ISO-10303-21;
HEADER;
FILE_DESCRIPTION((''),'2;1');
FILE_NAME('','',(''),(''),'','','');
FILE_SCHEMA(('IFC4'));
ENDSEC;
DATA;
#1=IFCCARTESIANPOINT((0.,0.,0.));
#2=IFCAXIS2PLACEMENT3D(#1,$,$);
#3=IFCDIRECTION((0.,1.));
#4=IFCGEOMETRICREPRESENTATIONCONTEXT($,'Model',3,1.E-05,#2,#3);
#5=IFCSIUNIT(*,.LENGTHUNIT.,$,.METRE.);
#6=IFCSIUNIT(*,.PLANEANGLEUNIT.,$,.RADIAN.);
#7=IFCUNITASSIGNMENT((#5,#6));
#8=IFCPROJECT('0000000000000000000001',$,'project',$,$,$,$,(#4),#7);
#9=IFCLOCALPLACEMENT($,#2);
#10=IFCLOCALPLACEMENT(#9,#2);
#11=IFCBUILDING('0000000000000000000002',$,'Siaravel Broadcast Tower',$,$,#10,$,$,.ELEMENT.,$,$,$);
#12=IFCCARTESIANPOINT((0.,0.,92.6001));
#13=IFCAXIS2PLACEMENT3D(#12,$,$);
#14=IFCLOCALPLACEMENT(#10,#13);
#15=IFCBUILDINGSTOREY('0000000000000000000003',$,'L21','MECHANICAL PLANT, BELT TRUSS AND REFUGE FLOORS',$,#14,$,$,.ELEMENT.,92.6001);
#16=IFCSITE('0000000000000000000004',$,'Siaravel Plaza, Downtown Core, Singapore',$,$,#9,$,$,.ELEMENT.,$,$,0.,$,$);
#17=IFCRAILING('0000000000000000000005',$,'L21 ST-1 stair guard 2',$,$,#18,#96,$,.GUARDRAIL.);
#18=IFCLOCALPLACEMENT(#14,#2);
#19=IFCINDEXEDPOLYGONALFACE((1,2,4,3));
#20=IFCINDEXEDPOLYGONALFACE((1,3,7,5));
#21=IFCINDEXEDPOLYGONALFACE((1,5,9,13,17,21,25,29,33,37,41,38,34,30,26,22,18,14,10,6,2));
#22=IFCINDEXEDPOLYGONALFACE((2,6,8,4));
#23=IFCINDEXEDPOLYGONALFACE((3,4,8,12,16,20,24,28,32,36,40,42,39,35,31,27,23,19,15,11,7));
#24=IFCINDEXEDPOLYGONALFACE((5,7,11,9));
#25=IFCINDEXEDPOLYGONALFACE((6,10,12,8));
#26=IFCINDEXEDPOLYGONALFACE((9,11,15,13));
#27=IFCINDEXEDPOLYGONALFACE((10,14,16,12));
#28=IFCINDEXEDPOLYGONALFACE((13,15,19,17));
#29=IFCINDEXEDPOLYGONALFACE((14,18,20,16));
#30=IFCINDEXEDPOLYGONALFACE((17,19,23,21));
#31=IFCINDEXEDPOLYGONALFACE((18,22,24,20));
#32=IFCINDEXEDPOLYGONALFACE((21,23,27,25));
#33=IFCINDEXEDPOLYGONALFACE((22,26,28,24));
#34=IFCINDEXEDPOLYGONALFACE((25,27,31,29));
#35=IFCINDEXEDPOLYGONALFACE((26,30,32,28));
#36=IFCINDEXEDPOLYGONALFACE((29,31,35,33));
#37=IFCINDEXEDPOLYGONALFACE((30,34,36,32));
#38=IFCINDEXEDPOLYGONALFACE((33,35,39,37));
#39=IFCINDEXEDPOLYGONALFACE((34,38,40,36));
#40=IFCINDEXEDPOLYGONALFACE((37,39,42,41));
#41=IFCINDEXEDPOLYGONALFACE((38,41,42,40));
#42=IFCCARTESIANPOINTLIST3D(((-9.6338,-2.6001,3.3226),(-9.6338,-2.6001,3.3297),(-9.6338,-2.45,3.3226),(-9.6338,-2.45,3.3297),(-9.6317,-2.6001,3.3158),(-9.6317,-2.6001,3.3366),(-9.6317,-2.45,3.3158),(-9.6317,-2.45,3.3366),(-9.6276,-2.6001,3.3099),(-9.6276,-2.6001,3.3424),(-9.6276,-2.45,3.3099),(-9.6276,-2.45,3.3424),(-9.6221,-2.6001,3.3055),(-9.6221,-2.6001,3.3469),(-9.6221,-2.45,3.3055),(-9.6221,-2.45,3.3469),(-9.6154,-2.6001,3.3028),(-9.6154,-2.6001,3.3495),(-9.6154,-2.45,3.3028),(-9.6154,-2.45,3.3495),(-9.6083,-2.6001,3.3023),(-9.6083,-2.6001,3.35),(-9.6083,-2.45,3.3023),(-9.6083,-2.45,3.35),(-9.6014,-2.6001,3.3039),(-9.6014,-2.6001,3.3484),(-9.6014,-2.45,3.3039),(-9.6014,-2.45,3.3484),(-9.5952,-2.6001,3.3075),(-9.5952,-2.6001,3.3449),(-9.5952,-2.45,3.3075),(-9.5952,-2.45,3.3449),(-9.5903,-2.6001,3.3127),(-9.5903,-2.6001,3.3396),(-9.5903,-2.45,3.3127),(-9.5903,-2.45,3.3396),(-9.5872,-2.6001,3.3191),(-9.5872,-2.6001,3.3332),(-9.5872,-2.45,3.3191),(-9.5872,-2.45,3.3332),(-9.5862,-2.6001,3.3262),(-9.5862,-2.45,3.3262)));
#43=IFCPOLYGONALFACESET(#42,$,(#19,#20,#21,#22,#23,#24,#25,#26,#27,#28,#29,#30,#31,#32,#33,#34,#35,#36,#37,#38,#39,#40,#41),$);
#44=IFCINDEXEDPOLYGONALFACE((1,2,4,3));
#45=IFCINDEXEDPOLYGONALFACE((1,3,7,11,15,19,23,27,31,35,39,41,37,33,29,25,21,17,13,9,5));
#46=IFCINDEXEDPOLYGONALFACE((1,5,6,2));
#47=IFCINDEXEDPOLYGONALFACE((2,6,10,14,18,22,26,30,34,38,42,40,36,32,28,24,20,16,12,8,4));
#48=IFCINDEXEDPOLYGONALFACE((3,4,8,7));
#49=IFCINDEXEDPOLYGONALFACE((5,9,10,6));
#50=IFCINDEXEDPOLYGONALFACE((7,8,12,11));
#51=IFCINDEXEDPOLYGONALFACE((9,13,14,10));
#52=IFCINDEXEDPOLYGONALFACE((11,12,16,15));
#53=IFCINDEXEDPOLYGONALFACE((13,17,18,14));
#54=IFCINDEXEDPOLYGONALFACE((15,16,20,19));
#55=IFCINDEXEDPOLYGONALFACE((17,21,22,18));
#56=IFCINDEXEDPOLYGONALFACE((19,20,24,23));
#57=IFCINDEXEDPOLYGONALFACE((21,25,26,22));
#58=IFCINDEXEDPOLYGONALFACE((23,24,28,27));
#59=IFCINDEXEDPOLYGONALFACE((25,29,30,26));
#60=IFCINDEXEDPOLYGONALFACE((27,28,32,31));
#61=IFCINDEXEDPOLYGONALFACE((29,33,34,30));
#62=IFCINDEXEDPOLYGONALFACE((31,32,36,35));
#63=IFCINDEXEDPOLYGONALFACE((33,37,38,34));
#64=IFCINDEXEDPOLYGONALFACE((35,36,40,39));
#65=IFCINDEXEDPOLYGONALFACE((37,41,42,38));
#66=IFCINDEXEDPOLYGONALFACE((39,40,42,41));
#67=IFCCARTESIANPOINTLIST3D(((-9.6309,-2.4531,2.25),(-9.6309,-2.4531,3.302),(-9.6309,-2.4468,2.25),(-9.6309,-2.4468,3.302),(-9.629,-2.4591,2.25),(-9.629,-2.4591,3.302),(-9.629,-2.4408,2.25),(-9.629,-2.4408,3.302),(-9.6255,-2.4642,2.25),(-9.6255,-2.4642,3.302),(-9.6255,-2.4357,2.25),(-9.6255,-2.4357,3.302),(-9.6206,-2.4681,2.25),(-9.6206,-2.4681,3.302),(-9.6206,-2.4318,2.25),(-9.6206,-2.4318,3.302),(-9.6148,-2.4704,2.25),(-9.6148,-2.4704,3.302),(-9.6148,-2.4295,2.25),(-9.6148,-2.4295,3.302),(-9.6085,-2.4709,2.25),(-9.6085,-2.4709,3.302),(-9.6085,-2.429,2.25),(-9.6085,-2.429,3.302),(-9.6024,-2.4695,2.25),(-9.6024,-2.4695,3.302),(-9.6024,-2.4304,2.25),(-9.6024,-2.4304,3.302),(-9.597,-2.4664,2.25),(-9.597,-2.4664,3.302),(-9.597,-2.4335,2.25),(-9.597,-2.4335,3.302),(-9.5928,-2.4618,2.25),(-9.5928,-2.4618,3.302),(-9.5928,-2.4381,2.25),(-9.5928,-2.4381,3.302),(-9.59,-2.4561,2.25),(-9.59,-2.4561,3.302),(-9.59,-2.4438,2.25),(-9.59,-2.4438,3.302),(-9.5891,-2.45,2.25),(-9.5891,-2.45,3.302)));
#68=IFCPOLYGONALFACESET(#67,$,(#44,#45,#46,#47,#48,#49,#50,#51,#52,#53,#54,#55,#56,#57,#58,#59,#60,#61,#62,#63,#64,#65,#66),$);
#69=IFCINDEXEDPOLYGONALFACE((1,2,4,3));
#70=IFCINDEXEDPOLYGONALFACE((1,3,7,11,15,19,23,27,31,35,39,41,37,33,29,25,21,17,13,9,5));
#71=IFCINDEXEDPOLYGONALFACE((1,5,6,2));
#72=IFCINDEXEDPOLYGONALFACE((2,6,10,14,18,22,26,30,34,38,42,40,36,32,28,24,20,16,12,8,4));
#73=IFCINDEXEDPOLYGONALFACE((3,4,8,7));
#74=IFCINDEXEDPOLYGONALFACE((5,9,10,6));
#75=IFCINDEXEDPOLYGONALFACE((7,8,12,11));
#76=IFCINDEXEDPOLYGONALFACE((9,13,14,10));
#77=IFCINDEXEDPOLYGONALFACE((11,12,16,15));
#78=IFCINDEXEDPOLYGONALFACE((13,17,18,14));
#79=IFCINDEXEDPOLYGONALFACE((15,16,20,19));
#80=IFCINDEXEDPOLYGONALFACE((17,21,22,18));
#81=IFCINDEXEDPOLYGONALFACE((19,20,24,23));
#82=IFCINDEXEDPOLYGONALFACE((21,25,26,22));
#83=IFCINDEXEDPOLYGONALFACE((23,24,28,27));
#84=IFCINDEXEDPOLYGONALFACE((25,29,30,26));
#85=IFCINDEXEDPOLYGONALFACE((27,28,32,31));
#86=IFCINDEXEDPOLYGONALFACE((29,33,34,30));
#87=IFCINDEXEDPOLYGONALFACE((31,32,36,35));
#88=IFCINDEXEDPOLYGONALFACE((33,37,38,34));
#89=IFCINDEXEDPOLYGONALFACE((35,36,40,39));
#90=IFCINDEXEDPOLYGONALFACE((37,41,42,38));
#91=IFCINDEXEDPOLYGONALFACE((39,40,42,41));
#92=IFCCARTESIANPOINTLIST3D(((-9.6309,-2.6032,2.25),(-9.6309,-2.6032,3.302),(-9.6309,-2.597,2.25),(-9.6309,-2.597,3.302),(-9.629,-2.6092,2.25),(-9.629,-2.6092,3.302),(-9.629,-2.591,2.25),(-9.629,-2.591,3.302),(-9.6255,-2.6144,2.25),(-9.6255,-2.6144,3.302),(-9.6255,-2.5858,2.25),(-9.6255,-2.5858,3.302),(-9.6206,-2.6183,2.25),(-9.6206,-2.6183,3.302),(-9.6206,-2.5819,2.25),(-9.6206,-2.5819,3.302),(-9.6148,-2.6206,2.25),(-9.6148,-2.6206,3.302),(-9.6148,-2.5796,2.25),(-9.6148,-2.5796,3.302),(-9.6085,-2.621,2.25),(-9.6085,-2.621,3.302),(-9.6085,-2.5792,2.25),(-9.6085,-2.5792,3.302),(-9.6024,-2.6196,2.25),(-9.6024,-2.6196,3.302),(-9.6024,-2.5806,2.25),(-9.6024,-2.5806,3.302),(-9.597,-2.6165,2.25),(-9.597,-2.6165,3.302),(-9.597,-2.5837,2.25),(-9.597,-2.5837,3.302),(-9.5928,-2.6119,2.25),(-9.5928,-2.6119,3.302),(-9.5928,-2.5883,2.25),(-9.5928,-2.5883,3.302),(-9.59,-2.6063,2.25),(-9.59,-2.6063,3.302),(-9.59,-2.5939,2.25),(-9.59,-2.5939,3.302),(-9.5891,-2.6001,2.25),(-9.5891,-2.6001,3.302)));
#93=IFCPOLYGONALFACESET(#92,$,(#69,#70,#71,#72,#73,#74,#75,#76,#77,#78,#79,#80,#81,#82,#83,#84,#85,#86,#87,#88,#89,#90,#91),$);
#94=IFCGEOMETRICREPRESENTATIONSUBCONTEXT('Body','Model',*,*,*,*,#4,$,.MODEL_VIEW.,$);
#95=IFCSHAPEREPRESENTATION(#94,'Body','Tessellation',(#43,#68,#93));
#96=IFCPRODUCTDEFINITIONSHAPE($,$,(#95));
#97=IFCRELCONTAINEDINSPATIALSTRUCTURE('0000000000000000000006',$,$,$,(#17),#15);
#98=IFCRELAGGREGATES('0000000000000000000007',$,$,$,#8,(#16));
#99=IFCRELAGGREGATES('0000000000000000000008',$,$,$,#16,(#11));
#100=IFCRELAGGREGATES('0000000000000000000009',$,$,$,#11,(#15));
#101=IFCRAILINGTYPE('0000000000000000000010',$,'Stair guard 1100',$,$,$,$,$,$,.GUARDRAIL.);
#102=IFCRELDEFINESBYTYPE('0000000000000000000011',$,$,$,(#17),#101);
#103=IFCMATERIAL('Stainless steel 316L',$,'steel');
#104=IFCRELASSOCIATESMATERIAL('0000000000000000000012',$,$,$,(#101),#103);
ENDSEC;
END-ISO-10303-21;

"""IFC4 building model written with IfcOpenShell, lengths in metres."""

from ifc_helpers import new_model, si_unit, direction, frame, origin, origin_2d, place, context, subcontext, project, spatial, circle, extrude, material, type_object, element, save


model = new_model("IFC4")

# Units and contexts
model_context = context("Model", 3, precision=1e-05, world=origin(), true_north=direction((0.0, 1.0)))
body_context = subcontext(model_context, "Body", "Model", "MODEL_VIEW")
ifc_project = project(units=[si_unit("LENGTHUNIT", "METRE"), si_unit("PLANEANGLEUNIT", "RADIAN")], contexts=[model_context])

# Site, building, storey
site_placement = place(None, origin())
site = spatial("IfcSite", under=ifc_project, at=site_placement, Name="Siaravel Plaza, Downtown Core, Singapore", CompositionType="ELEMENT", RefElevation=0.0)
building_placement = place(site_placement, origin())
building = spatial("IfcBuilding", under=site, at=building_placement, Name="Siaravel Broadcast Tower", CompositionType="ELEMENT")
storey_placement = place(building_placement, frame((0.0, 0.0, 92.6001)))
storey = spatial("IfcBuildingStorey", under=building, at=storey_placement, Name="L21", Description="MECHANICAL PLANT, BELT TRUSS AND REFUGE FLOORS", CompositionType="ELEMENT", Elevation=92.6001)

# Railing
ifc_material_1 = material(Name="Stainless steel 316L", Category="steel")
railing_type_1 = type_object("IfcRailingType", Name="Stair guard 1100", PredefinedType="GUARDRAIL", material=ifc_material_1)
railing_1_placement = place(storey_placement, frame((-9.6101, -2.45, 2.25)))
element("IfcRailing", 1, at=railing_1_placement, inside=storey, type_object=railing_type_1, Name="L21 ST-1 stair guard 2", PredefinedType="GUARDRAIL", context=body_context, shape_type="SweptSolid", body=[
    extrude(circle(Radius=0.0239, at=origin_2d()), frame((0.0, 0.0, 1.0762), z_axis=(0.0, -1.0, 0.0), x_axis=(1.0, 0.0, 0.0)), (0.0, 0.0, 1.0), 0.1501),
    extrude(circle(Radius=0.021, at=origin_2d()), origin(), (0.0, 0.0, 1.0), 1.052),
    extrude(circle(Radius=0.021, at=origin_2d()), frame((0.0, -0.1501, 0.0)), (0.0, 0.0, 1.0), 1.052),
])

save(model, "model.ifc")
